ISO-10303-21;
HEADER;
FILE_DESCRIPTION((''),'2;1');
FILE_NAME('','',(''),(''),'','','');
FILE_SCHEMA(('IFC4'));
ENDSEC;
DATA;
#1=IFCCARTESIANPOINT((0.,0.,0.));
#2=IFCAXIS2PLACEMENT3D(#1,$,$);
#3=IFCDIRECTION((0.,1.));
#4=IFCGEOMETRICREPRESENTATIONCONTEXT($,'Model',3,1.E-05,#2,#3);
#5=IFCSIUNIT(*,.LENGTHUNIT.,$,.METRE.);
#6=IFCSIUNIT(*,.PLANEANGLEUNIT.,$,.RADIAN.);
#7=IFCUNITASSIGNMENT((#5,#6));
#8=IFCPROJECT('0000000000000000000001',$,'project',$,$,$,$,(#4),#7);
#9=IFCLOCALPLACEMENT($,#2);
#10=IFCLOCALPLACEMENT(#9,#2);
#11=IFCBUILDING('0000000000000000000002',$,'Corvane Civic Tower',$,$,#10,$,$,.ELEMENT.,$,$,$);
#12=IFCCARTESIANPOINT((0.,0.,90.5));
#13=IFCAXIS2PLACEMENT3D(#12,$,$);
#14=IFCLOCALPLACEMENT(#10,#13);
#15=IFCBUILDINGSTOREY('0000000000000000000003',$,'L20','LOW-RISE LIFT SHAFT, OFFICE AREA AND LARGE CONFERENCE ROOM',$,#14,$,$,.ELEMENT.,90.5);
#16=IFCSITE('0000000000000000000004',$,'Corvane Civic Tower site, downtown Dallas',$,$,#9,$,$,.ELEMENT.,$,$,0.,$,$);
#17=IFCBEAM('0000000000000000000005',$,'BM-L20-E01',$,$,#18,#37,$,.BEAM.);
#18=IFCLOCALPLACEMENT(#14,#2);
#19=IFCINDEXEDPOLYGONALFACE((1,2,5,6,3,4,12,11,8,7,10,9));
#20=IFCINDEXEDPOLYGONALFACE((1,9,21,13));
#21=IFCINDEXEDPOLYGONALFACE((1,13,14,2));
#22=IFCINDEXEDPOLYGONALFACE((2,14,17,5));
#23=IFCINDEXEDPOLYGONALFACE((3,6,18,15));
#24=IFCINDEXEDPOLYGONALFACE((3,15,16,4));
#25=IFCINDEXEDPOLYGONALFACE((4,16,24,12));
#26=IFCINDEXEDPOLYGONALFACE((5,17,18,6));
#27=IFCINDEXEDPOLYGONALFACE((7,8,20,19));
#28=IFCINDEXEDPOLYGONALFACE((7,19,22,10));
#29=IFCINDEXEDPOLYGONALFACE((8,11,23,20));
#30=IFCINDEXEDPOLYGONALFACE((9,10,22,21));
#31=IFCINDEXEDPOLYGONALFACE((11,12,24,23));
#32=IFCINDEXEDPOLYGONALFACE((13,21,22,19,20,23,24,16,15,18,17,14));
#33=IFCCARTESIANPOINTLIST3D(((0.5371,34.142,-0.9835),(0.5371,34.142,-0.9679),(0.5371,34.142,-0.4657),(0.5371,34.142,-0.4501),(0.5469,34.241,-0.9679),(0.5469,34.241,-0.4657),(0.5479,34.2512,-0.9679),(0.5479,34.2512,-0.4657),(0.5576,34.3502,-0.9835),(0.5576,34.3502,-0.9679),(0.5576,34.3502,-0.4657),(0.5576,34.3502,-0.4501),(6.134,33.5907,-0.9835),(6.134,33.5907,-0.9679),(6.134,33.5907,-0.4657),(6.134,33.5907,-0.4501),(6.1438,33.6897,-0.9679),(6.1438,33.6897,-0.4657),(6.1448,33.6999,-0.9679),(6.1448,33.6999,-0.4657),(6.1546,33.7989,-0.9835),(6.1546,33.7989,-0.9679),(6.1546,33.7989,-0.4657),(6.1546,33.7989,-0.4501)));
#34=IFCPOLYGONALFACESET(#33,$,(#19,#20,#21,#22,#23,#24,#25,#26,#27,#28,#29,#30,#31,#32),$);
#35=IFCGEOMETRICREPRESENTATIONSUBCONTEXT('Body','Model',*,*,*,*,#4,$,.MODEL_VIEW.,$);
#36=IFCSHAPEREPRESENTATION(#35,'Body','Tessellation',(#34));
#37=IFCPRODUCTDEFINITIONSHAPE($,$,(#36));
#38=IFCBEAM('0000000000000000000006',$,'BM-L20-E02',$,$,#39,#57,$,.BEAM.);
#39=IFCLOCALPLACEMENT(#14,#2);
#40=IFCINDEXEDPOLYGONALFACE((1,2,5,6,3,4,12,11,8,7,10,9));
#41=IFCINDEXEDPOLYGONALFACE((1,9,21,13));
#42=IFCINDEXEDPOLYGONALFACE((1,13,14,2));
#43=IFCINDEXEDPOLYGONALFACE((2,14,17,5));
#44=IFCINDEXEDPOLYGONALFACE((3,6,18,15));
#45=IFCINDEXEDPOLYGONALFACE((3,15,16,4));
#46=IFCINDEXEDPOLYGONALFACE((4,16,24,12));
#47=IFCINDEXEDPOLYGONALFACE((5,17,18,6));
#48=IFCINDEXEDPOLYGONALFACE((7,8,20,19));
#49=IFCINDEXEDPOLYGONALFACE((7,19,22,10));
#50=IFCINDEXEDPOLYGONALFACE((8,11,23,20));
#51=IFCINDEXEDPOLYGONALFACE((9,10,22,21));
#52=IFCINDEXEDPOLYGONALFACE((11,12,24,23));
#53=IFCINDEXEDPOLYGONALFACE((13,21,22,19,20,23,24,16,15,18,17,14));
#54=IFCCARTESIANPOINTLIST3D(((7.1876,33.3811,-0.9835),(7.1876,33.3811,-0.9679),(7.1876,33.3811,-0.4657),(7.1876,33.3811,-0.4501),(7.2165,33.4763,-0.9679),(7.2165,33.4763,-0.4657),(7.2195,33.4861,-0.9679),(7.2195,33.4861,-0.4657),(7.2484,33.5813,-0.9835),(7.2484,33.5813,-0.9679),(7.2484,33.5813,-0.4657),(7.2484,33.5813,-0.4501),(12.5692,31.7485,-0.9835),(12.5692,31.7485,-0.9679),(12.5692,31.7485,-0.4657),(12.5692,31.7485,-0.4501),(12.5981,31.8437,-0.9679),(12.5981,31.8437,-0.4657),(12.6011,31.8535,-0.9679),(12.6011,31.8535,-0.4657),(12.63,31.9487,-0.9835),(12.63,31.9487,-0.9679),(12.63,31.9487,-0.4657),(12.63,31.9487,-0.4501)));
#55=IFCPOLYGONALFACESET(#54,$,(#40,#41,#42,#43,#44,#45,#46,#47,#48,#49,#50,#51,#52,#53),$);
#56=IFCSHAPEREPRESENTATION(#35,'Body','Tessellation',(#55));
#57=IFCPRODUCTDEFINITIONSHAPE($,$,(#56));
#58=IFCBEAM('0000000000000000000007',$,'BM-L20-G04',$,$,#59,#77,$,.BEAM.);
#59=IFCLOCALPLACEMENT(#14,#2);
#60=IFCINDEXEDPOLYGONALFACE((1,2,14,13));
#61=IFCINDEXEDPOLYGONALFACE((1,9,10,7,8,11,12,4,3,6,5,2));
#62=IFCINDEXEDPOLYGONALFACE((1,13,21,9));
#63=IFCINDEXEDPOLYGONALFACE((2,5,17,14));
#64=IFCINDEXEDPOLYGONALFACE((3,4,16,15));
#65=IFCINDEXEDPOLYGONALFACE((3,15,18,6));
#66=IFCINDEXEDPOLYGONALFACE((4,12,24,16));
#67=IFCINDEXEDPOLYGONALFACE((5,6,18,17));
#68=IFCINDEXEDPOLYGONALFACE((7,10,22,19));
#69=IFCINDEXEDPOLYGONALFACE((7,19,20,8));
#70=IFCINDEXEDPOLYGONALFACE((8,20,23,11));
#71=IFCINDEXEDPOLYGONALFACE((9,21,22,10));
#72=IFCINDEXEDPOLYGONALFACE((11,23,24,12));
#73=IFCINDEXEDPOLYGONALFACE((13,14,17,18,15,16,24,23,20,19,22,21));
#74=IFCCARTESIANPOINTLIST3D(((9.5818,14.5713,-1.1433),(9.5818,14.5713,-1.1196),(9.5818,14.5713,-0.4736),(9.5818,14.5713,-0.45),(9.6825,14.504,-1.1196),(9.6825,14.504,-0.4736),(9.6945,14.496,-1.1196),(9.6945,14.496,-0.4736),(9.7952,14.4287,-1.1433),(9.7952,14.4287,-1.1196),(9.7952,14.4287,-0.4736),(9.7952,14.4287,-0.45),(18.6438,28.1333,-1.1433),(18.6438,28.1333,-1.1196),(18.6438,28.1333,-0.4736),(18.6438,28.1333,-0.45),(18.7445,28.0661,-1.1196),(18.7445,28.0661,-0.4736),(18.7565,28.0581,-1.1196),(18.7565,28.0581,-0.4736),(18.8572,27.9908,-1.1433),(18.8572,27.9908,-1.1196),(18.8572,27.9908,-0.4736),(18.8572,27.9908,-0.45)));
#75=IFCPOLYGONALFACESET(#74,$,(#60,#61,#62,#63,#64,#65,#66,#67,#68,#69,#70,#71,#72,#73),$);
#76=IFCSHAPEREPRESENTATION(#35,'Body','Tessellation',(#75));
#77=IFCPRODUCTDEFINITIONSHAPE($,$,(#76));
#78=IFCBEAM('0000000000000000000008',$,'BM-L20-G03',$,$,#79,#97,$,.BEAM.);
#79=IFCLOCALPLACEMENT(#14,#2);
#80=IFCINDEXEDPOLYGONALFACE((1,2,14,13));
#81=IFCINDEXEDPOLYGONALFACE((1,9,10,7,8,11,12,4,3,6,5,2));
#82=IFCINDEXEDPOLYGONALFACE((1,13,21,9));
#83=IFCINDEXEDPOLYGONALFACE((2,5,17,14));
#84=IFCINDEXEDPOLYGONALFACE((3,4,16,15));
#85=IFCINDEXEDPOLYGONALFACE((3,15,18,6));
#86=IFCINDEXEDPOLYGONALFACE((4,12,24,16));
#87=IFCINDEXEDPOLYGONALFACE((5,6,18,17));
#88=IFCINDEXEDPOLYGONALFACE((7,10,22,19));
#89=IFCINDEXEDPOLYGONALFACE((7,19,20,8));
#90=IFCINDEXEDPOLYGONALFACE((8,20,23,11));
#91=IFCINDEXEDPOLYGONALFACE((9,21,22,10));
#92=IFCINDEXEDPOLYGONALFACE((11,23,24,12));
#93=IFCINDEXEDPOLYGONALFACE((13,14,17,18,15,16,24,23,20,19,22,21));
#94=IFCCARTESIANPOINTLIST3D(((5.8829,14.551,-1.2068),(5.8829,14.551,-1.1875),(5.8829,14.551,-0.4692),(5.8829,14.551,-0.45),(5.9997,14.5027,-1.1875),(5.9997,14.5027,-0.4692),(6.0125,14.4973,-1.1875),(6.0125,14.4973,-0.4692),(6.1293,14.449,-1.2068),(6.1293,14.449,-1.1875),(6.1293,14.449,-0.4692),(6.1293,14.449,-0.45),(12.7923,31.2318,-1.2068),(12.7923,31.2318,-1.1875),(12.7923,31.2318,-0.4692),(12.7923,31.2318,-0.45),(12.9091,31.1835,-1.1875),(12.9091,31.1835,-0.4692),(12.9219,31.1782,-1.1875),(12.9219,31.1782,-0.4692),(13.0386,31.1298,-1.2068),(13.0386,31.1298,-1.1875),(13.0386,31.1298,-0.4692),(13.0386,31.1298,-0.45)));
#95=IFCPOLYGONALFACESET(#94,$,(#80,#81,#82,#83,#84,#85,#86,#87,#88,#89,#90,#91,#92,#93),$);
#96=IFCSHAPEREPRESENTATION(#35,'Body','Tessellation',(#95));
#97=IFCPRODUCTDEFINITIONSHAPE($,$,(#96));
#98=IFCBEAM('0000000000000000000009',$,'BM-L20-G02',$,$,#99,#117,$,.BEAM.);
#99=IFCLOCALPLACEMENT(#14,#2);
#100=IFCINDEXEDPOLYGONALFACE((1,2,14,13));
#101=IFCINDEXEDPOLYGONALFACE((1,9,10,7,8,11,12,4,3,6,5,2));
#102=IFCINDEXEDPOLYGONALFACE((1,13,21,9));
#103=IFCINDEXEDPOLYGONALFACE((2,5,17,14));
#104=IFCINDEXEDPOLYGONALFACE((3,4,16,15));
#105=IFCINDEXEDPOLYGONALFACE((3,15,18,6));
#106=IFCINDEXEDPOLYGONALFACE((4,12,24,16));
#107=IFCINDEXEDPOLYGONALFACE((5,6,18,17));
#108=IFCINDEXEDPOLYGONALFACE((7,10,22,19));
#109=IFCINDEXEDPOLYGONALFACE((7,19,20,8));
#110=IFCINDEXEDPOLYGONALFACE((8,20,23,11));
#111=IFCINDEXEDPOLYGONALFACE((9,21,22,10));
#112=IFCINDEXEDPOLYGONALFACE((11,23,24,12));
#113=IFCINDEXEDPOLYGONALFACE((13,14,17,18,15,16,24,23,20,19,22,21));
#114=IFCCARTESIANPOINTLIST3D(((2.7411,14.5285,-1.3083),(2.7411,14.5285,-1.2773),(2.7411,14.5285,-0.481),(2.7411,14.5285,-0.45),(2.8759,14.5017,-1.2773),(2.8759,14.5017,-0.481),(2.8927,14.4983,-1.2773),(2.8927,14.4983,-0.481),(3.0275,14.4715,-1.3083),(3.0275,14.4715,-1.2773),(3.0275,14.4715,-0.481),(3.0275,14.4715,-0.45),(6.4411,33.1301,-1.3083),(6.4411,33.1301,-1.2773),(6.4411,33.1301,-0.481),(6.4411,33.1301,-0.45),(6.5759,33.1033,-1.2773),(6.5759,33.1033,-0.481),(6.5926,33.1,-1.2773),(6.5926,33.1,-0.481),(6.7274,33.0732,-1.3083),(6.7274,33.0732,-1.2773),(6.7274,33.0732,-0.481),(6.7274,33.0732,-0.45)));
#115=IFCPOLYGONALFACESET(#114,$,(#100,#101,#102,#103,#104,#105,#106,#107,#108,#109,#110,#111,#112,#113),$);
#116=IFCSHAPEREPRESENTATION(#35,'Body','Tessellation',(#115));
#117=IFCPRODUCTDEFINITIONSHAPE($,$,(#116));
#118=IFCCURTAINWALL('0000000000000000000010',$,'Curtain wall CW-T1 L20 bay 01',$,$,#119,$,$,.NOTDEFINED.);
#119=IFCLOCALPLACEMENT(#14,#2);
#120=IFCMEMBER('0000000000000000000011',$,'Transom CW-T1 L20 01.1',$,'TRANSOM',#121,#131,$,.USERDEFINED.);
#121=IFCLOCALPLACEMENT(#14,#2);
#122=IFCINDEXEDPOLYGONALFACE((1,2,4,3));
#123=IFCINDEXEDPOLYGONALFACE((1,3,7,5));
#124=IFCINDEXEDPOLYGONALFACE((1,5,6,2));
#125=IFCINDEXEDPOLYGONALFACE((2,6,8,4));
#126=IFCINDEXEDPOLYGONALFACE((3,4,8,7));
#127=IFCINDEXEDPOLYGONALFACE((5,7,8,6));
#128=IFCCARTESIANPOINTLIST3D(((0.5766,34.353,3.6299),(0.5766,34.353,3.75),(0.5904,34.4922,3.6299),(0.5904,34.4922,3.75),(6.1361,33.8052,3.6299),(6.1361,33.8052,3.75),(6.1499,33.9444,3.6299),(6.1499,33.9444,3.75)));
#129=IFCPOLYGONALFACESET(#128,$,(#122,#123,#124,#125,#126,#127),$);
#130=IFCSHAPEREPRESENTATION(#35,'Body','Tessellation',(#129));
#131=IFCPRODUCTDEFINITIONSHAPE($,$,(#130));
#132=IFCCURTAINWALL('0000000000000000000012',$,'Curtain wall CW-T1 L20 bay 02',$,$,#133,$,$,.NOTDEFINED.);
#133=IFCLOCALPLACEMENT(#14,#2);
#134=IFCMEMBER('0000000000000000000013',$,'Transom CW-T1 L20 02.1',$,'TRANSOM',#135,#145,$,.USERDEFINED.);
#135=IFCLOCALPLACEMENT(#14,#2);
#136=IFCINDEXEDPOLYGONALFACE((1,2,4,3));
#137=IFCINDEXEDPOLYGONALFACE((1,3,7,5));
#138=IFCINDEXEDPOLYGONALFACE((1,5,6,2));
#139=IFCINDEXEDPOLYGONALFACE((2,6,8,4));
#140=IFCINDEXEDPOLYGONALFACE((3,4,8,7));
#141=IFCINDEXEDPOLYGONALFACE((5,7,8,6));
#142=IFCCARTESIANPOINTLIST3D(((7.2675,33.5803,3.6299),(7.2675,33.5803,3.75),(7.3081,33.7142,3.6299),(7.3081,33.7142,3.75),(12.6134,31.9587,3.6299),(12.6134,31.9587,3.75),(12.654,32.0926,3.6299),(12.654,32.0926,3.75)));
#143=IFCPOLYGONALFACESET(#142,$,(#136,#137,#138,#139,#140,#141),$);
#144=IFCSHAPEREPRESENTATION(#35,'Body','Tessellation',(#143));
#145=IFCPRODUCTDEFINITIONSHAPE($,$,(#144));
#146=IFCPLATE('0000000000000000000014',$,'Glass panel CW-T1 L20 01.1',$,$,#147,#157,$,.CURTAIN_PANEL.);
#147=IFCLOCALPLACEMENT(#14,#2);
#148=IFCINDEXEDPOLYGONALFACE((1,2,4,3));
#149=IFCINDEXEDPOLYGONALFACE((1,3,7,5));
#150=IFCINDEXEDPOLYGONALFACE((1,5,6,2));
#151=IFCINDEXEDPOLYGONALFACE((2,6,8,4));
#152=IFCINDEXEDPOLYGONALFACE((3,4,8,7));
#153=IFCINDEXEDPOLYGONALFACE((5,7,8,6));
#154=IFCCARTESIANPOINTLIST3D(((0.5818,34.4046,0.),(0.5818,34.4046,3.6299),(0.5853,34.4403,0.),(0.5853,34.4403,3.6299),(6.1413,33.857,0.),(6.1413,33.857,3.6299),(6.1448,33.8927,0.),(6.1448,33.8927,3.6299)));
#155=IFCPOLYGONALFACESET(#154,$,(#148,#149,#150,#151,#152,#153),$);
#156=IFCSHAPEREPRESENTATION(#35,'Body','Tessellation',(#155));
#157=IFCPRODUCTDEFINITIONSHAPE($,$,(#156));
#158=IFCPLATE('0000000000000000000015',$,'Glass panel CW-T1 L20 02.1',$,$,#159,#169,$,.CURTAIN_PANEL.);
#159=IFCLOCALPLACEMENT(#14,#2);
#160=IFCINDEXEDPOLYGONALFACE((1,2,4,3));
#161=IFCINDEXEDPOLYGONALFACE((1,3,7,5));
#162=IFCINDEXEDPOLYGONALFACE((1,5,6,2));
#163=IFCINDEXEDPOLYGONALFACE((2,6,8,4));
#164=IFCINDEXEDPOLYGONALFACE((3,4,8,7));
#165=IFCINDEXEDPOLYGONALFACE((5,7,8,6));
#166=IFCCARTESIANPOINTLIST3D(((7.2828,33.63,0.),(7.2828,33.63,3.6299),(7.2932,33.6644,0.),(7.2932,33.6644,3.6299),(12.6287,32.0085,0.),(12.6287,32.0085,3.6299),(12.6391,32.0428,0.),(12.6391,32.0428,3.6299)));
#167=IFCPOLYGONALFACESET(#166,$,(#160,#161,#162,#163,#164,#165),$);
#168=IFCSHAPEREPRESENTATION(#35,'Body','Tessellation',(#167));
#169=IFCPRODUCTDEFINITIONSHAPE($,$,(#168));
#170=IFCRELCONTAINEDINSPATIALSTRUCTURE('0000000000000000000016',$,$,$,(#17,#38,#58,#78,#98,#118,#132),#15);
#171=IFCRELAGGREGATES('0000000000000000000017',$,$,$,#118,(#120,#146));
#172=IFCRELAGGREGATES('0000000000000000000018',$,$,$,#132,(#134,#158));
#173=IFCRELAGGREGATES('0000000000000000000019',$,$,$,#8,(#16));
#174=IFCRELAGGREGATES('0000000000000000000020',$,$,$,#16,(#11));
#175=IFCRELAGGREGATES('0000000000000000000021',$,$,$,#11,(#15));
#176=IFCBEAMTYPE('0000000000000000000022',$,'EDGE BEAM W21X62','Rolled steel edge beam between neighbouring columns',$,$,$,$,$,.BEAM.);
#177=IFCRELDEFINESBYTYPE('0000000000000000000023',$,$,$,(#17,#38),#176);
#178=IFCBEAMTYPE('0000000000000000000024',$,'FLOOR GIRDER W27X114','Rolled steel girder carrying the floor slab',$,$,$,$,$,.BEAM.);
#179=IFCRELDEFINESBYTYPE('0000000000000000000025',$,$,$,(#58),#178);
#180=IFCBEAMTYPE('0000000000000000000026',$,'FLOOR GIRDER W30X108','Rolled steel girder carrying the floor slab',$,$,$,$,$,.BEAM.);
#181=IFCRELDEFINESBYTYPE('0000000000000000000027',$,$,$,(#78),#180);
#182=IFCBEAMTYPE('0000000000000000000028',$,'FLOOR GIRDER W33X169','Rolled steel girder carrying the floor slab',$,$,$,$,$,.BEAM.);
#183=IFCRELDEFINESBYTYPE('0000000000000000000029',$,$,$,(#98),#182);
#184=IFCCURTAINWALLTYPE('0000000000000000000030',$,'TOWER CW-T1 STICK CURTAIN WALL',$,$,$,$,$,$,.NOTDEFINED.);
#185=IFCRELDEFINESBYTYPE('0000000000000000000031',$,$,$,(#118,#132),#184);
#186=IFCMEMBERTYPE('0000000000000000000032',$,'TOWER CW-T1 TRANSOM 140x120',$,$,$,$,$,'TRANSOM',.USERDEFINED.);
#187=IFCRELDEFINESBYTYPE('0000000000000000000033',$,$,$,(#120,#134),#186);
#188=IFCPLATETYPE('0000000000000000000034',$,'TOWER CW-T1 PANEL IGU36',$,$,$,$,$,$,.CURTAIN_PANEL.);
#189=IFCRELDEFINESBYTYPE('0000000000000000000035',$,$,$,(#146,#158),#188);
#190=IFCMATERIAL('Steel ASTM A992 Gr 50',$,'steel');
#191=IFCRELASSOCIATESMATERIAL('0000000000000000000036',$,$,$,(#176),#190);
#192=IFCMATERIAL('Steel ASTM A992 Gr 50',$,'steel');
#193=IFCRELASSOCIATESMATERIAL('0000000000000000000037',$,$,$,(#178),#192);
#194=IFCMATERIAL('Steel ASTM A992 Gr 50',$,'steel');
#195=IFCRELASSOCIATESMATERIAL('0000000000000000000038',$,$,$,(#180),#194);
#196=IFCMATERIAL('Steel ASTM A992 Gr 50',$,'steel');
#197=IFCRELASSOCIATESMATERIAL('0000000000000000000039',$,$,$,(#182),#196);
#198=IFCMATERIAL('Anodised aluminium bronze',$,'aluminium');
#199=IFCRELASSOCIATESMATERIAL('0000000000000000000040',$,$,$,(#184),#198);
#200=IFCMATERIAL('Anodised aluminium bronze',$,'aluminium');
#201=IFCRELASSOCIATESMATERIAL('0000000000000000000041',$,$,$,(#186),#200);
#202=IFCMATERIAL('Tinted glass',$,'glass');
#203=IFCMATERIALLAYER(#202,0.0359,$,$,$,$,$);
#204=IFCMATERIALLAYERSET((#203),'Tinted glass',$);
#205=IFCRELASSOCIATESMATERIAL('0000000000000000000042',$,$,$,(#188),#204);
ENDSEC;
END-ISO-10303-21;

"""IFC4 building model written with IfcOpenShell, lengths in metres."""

from ifc_helpers import new_model, si_unit, direction, frame, origin, origin_2d, place, context, subcontext, project, spatial, rectangle, i_section, extrude, material, layer, layer_set, material_profile, profile_set, type_object, element, aggregate, save


model = new_model("IFC4")

# Units and contexts
model_context = context("Model", 3, precision=1e-05, world=origin(), true_north=direction((0.0, 1.0)))
body_context = subcontext(model_context, "Body", "Model", "MODEL_VIEW")
ifc_project = project(units=[si_unit("LENGTHUNIT", "METRE"), si_unit("PLANEANGLEUNIT", "RADIAN")], contexts=[model_context])

# Site, building, storey
site_placement = place(None, origin())
site = spatial("IfcSite", under=ifc_project, at=site_placement, Name="Corvane Civic Tower site, downtown Dallas", CompositionType="ELEMENT", RefElevation=0.0)
building_placement = place(site_placement, origin())
building = spatial("IfcBuilding", under=site, at=building_placement, Name="Corvane Civic Tower", CompositionType="ELEMENT")
storey_placement = place(building_placement, frame((0.0, 0.0, 90.5)))
storey = spatial("IfcBuildingStorey", under=building, at=storey_placement, Name="L20", Description="LOW-RISE LIFT SHAFT, OFFICE AREA AND LARGE CONFERENCE ROOM", CompositionType="ELEMENT", Elevation=90.5)

# Beams
ifc_material_1 = material(Name="Steel ASTM A992 Gr 50", Category="steel")
ifc_material_profile_1 = material_profile(ifc_material_1, i_section(OverallWidth=0.2092, OverallDepth=0.5334, WebThickness=0.0103, FlangeThickness=0.0156, at=origin_2d()), Name="W21X62")
ifc_profile_set_1 = profile_set([ifc_material_profile_1], Name="Steel ASTM A992 Gr 50")
beam_type_1 = type_object("IfcBeamType", Name="EDGE BEAM W21X62", Description="Rolled steel edge beam between neighbouring columns", PredefinedType="BEAM", material=ifc_profile_set_1)
beam_1_placement = place(storey_placement, frame((0.5474, 34.2461, -0.7168), z_axis=(0.995184, -0.098021, 0.0), x_axis=(0.098021, 0.995184, 0.0)))
element("IfcBeam", 1, at=beam_1_placement, inside=storey, type_object=beam_type_1, Name="BM-L20-E01", PredefinedType="BEAM", context=body_context, shape_type="SweptSolid", body=[
    extrude(i_section(OverallWidth=0.2092, OverallDepth=0.5334, WebThickness=0.0103, FlangeThickness=0.0156, at=origin_2d()), origin(), (0.0, 0.0, 1.0), 5.624),
])
beam_2_placement = place(storey_placement, frame((7.218, 33.4812, -0.7168), z_axis=(0.956936, -0.290298, 0.0), x_axis=(0.290298, 0.956936, 0.0)))
element("IfcBeam", 2, at=beam_2_placement, inside=storey, type_object=beam_type_1, Name="BM-L20-E02", PredefinedType="BEAM", context=body_context, shape_type="SweptSolid", body=[
    extrude(i_section(OverallWidth=0.2092, OverallDepth=0.5334, WebThickness=0.0103, FlangeThickness=0.0156, at=origin_2d()), origin(), (0.0, 0.0, 1.0), 5.6238),
])
ifc_material_2 = material(Name="Steel ASTM A992 Gr 50", Category="steel")
ifc_material_profile_2 = material_profile(ifc_material_2, i_section(OverallWidth=0.2566, OverallDepth=0.6934, WebThickness=0.0144, FlangeThickness=0.0237, at=origin_2d()), Name="W27X114")
ifc_profile_set_2 = profile_set([ifc_material_profile_2], Name="Steel ASTM A992 Gr 50")
beam_type_2 = type_object("IfcBeamType", Name="FLOOR GIRDER W27X114", Description="Rolled steel girder carrying the floor slab", PredefinedType="BEAM", material=ifc_profile_set_2)
beam_3_placement = place(storey_placement, frame((9.6885, 14.5, -0.7966), z_axis=(0.555577, 0.831465, 0.0), x_axis=(-0.831465, 0.555577, 0.0)))
element("IfcBeam", 3, at=beam_3_placement, inside=storey, type_object=beam_type_2, Name="BM-L20-G04", PredefinedType="BEAM", context=body_context, shape_type="SweptSolid", body=[
    extrude(i_section(OverallWidth=0.2566, OverallDepth=0.6934, WebThickness=0.0144, FlangeThickness=0.0237, at=origin_2d()), origin(), (0.0, 0.0, 1.0), 16.311),
])
ifc_material_3 = material(Name="Steel ASTM A992 Gr 50", Category="steel")
ifc_material_profile_3 = material_profile(ifc_material_3, i_section(OverallWidth=0.2666, OverallDepth=0.7568, WebThickness=0.0139, FlangeThickness=0.0193, at=origin_2d()), Name="W30X108")
ifc_profile_set_3 = profile_set([ifc_material_profile_3], Name="Steel ASTM A992 Gr 50")
beam_type_3 = type_object("IfcBeamType", Name="FLOOR GIRDER W30X108", Description="Rolled steel girder carrying the floor slab", PredefinedType="BEAM", material=ifc_profile_set_3)
beam_4_placement = place(storey_placement, frame((6.0061, 14.5, -0.8284), z_axis=(0.382682, 0.92388, 0.0), x_axis=(-0.92388, 0.382682, 0.0)))
element("IfcBeam", 4, at=beam_4_placement, inside=storey, type_object=beam_type_3, Name="BM-L20-G03", PredefinedType="BEAM", context=body_context, shape_type="SweptSolid", body=[
    extrude(i_section(OverallWidth=0.2666, OverallDepth=0.7568, WebThickness=0.0139, FlangeThickness=0.0193, at=origin_2d()), origin(), (0.0, 0.0, 1.0), 18.0552),
])
ifc_material_4 = material(Name="Steel ASTM A992 Gr 50", Category="steel")
ifc_material_profile_4 = material_profile(ifc_material_4, i_section(OverallWidth=0.292, OverallDepth=0.8584, WebThickness=0.0171, FlangeThickness=0.031, at=origin_2d()), Name="W33X169")
ifc_profile_set_4 = profile_set([ifc_material_profile_4], Name="Steel ASTM A992 Gr 50")
beam_type_4 = type_object("IfcBeamType", Name="FLOOR GIRDER W33X169", Description="Rolled steel girder carrying the floor slab", PredefinedType="BEAM", material=ifc_profile_set_4)
beam_5_placement = place(storey_placement, frame((2.8843, 14.5, -0.8792), z_axis=(0.195084, 0.980787, 0.0), x_axis=(-0.980787, 0.195084, 0.0)))
element("IfcBeam", 5, at=beam_5_placement, inside=storey, type_object=beam_type_4, Name="BM-L20-G02", PredefinedType="BEAM", context=body_context, shape_type="SweptSolid", body=[
    extrude(i_section(OverallWidth=0.292, OverallDepth=0.8584, WebThickness=0.0171, FlangeThickness=0.031, at=origin_2d()), origin(), (0.0, 0.0, 1.0), 18.9661),
])

# Curtain walls, members
ifc_material_5 = material(Name="Anodised aluminium bronze", Category="aluminium")
curtain_wall_type = type_object("IfcCurtainWallType", Name="TOWER CW-T1 STICK CURTAIN WALL", PredefinedType="NOTDEFINED", material=ifc_material_5)
curtain_wall_1_placement = place(storey_placement, origin())
curtain_wall_1 = element("IfcCurtainWall", 6, at=curtain_wall_1_placement, inside=storey, type_object=curtain_wall_type, Name="Curtain wall CW-T1 L20 bay 01", PredefinedType="NOTDEFINED")
ifc_material_6 = material(Name="Anodised aluminium bronze", Category="aluminium")
ifc_material_profile_5 = material_profile(ifc_material_6, rectangle(XDim=0.1399, YDim=0.1201, at=origin_2d()), Name="TOWER CW-T1 TRANSOM 140x120")
ifc_profile_set_5 = profile_set([ifc_material_profile_5], Name="Anodised aluminium bronze")
member_type = type_object("IfcMemberType", Name="TOWER CW-T1 TRANSOM 140x120", ElementType="TRANSOM", PredefinedType="USERDEFINED", material=ifc_profile_set_5)
member_1_placement = place(storey_placement, frame((0.5835, 34.4226, 3.6899), z_axis=(0.99518, -0.098067, 0.0), x_axis=(0.098067, 0.99518, 0.0)))
member_1 = element("IfcMember", 7, at=member_1_placement, type_object=member_type, Name="Transom CW-T1 L20 01.1", ObjectType="TRANSOM", PredefinedType="USERDEFINED", context=body_context, shape_type="SweptSolid", body=[
    extrude(rectangle(XDim=0.1399, YDim=0.1201, at=origin_2d()), origin(), (0.0, 0.0, 1.0), 5.5864),
])
curtain_wall_2_placement = place(storey_placement, origin())
curtain_wall_2 = element("IfcCurtainWall", 8, at=curtain_wall_2_placement, inside=storey, type_object=curtain_wall_type, Name="Curtain wall CW-T1 L20 bay 02", PredefinedType="NOTDEFINED")
member_2_placement = place(storey_placement, frame((7.2878, 33.6472, 3.6899), z_axis=(0.956945, -0.290269, 0.0), x_axis=(0.290269, 0.956945, 0.0)))
member_2 = element("IfcMember", 9, at=member_2_placement, type_object=member_type, Name="Transom CW-T1 L20 02.1", ObjectType="TRANSOM", PredefinedType="USERDEFINED", context=body_context, shape_type="SweptSolid", body=[
    extrude(rectangle(XDim=0.1399, YDim=0.1201, at=origin_2d()), origin(), (0.0, 0.0, 1.0), 5.5864),
])

# Plates
ifc_material_7 = material(Name="Tinted glass", Category="glass")
ifc_layer_1 = layer(ifc_material_7, 0.0359)
ifc_layer_set_1 = layer_set([ifc_layer_1], Name="Tinted glass")
plate_type = type_object("IfcPlateType", Name="TOWER CW-T1 PANEL IGU36", PredefinedType="CURTAIN_PANEL", material=ifc_layer_set_1)
plate_1_placement = place(storey_placement, frame((3.3633, 34.1487, 0.0), z_axis=(0.0, 0.0, 1.0), x_axis=(0.995184, -0.098027, 0.0)))
plate_1 = element("IfcPlate", 10, at=plate_1_placement, type_object=plate_type, Name="Glass panel CW-T1 L20 01.1", PredefinedType="CURTAIN_PANEL", context=body_context, shape_type="SweptSolid", body=[
    extrude(rectangle(XDim=5.5864, YDim=0.0359, at=origin_2d()), origin(), (0.0, 0.0, 1.0), 3.6299),
])
aggregate(curtain_wall_1, [member_1, plate_1])
plate_2_placement = place(storey_placement, frame((9.9609, 32.8364, 0.0), z_axis=(0.0, 0.0, 1.0), x_axis=(0.956946, -0.290266, 0.0)))
plate_2 = element("IfcPlate", 11, at=plate_2_placement, type_object=plate_type, Name="Glass panel CW-T1 L20 02.1", PredefinedType="CURTAIN_PANEL", context=body_context, shape_type="SweptSolid", body=[
    extrude(rectangle(XDim=5.5864, YDim=0.0359, at=origin_2d()), origin(), (0.0, 0.0, 1.0), 3.6299),
])
aggregate(curtain_wall_2, [member_2, plate_2])

save(model, "model.ifc")
